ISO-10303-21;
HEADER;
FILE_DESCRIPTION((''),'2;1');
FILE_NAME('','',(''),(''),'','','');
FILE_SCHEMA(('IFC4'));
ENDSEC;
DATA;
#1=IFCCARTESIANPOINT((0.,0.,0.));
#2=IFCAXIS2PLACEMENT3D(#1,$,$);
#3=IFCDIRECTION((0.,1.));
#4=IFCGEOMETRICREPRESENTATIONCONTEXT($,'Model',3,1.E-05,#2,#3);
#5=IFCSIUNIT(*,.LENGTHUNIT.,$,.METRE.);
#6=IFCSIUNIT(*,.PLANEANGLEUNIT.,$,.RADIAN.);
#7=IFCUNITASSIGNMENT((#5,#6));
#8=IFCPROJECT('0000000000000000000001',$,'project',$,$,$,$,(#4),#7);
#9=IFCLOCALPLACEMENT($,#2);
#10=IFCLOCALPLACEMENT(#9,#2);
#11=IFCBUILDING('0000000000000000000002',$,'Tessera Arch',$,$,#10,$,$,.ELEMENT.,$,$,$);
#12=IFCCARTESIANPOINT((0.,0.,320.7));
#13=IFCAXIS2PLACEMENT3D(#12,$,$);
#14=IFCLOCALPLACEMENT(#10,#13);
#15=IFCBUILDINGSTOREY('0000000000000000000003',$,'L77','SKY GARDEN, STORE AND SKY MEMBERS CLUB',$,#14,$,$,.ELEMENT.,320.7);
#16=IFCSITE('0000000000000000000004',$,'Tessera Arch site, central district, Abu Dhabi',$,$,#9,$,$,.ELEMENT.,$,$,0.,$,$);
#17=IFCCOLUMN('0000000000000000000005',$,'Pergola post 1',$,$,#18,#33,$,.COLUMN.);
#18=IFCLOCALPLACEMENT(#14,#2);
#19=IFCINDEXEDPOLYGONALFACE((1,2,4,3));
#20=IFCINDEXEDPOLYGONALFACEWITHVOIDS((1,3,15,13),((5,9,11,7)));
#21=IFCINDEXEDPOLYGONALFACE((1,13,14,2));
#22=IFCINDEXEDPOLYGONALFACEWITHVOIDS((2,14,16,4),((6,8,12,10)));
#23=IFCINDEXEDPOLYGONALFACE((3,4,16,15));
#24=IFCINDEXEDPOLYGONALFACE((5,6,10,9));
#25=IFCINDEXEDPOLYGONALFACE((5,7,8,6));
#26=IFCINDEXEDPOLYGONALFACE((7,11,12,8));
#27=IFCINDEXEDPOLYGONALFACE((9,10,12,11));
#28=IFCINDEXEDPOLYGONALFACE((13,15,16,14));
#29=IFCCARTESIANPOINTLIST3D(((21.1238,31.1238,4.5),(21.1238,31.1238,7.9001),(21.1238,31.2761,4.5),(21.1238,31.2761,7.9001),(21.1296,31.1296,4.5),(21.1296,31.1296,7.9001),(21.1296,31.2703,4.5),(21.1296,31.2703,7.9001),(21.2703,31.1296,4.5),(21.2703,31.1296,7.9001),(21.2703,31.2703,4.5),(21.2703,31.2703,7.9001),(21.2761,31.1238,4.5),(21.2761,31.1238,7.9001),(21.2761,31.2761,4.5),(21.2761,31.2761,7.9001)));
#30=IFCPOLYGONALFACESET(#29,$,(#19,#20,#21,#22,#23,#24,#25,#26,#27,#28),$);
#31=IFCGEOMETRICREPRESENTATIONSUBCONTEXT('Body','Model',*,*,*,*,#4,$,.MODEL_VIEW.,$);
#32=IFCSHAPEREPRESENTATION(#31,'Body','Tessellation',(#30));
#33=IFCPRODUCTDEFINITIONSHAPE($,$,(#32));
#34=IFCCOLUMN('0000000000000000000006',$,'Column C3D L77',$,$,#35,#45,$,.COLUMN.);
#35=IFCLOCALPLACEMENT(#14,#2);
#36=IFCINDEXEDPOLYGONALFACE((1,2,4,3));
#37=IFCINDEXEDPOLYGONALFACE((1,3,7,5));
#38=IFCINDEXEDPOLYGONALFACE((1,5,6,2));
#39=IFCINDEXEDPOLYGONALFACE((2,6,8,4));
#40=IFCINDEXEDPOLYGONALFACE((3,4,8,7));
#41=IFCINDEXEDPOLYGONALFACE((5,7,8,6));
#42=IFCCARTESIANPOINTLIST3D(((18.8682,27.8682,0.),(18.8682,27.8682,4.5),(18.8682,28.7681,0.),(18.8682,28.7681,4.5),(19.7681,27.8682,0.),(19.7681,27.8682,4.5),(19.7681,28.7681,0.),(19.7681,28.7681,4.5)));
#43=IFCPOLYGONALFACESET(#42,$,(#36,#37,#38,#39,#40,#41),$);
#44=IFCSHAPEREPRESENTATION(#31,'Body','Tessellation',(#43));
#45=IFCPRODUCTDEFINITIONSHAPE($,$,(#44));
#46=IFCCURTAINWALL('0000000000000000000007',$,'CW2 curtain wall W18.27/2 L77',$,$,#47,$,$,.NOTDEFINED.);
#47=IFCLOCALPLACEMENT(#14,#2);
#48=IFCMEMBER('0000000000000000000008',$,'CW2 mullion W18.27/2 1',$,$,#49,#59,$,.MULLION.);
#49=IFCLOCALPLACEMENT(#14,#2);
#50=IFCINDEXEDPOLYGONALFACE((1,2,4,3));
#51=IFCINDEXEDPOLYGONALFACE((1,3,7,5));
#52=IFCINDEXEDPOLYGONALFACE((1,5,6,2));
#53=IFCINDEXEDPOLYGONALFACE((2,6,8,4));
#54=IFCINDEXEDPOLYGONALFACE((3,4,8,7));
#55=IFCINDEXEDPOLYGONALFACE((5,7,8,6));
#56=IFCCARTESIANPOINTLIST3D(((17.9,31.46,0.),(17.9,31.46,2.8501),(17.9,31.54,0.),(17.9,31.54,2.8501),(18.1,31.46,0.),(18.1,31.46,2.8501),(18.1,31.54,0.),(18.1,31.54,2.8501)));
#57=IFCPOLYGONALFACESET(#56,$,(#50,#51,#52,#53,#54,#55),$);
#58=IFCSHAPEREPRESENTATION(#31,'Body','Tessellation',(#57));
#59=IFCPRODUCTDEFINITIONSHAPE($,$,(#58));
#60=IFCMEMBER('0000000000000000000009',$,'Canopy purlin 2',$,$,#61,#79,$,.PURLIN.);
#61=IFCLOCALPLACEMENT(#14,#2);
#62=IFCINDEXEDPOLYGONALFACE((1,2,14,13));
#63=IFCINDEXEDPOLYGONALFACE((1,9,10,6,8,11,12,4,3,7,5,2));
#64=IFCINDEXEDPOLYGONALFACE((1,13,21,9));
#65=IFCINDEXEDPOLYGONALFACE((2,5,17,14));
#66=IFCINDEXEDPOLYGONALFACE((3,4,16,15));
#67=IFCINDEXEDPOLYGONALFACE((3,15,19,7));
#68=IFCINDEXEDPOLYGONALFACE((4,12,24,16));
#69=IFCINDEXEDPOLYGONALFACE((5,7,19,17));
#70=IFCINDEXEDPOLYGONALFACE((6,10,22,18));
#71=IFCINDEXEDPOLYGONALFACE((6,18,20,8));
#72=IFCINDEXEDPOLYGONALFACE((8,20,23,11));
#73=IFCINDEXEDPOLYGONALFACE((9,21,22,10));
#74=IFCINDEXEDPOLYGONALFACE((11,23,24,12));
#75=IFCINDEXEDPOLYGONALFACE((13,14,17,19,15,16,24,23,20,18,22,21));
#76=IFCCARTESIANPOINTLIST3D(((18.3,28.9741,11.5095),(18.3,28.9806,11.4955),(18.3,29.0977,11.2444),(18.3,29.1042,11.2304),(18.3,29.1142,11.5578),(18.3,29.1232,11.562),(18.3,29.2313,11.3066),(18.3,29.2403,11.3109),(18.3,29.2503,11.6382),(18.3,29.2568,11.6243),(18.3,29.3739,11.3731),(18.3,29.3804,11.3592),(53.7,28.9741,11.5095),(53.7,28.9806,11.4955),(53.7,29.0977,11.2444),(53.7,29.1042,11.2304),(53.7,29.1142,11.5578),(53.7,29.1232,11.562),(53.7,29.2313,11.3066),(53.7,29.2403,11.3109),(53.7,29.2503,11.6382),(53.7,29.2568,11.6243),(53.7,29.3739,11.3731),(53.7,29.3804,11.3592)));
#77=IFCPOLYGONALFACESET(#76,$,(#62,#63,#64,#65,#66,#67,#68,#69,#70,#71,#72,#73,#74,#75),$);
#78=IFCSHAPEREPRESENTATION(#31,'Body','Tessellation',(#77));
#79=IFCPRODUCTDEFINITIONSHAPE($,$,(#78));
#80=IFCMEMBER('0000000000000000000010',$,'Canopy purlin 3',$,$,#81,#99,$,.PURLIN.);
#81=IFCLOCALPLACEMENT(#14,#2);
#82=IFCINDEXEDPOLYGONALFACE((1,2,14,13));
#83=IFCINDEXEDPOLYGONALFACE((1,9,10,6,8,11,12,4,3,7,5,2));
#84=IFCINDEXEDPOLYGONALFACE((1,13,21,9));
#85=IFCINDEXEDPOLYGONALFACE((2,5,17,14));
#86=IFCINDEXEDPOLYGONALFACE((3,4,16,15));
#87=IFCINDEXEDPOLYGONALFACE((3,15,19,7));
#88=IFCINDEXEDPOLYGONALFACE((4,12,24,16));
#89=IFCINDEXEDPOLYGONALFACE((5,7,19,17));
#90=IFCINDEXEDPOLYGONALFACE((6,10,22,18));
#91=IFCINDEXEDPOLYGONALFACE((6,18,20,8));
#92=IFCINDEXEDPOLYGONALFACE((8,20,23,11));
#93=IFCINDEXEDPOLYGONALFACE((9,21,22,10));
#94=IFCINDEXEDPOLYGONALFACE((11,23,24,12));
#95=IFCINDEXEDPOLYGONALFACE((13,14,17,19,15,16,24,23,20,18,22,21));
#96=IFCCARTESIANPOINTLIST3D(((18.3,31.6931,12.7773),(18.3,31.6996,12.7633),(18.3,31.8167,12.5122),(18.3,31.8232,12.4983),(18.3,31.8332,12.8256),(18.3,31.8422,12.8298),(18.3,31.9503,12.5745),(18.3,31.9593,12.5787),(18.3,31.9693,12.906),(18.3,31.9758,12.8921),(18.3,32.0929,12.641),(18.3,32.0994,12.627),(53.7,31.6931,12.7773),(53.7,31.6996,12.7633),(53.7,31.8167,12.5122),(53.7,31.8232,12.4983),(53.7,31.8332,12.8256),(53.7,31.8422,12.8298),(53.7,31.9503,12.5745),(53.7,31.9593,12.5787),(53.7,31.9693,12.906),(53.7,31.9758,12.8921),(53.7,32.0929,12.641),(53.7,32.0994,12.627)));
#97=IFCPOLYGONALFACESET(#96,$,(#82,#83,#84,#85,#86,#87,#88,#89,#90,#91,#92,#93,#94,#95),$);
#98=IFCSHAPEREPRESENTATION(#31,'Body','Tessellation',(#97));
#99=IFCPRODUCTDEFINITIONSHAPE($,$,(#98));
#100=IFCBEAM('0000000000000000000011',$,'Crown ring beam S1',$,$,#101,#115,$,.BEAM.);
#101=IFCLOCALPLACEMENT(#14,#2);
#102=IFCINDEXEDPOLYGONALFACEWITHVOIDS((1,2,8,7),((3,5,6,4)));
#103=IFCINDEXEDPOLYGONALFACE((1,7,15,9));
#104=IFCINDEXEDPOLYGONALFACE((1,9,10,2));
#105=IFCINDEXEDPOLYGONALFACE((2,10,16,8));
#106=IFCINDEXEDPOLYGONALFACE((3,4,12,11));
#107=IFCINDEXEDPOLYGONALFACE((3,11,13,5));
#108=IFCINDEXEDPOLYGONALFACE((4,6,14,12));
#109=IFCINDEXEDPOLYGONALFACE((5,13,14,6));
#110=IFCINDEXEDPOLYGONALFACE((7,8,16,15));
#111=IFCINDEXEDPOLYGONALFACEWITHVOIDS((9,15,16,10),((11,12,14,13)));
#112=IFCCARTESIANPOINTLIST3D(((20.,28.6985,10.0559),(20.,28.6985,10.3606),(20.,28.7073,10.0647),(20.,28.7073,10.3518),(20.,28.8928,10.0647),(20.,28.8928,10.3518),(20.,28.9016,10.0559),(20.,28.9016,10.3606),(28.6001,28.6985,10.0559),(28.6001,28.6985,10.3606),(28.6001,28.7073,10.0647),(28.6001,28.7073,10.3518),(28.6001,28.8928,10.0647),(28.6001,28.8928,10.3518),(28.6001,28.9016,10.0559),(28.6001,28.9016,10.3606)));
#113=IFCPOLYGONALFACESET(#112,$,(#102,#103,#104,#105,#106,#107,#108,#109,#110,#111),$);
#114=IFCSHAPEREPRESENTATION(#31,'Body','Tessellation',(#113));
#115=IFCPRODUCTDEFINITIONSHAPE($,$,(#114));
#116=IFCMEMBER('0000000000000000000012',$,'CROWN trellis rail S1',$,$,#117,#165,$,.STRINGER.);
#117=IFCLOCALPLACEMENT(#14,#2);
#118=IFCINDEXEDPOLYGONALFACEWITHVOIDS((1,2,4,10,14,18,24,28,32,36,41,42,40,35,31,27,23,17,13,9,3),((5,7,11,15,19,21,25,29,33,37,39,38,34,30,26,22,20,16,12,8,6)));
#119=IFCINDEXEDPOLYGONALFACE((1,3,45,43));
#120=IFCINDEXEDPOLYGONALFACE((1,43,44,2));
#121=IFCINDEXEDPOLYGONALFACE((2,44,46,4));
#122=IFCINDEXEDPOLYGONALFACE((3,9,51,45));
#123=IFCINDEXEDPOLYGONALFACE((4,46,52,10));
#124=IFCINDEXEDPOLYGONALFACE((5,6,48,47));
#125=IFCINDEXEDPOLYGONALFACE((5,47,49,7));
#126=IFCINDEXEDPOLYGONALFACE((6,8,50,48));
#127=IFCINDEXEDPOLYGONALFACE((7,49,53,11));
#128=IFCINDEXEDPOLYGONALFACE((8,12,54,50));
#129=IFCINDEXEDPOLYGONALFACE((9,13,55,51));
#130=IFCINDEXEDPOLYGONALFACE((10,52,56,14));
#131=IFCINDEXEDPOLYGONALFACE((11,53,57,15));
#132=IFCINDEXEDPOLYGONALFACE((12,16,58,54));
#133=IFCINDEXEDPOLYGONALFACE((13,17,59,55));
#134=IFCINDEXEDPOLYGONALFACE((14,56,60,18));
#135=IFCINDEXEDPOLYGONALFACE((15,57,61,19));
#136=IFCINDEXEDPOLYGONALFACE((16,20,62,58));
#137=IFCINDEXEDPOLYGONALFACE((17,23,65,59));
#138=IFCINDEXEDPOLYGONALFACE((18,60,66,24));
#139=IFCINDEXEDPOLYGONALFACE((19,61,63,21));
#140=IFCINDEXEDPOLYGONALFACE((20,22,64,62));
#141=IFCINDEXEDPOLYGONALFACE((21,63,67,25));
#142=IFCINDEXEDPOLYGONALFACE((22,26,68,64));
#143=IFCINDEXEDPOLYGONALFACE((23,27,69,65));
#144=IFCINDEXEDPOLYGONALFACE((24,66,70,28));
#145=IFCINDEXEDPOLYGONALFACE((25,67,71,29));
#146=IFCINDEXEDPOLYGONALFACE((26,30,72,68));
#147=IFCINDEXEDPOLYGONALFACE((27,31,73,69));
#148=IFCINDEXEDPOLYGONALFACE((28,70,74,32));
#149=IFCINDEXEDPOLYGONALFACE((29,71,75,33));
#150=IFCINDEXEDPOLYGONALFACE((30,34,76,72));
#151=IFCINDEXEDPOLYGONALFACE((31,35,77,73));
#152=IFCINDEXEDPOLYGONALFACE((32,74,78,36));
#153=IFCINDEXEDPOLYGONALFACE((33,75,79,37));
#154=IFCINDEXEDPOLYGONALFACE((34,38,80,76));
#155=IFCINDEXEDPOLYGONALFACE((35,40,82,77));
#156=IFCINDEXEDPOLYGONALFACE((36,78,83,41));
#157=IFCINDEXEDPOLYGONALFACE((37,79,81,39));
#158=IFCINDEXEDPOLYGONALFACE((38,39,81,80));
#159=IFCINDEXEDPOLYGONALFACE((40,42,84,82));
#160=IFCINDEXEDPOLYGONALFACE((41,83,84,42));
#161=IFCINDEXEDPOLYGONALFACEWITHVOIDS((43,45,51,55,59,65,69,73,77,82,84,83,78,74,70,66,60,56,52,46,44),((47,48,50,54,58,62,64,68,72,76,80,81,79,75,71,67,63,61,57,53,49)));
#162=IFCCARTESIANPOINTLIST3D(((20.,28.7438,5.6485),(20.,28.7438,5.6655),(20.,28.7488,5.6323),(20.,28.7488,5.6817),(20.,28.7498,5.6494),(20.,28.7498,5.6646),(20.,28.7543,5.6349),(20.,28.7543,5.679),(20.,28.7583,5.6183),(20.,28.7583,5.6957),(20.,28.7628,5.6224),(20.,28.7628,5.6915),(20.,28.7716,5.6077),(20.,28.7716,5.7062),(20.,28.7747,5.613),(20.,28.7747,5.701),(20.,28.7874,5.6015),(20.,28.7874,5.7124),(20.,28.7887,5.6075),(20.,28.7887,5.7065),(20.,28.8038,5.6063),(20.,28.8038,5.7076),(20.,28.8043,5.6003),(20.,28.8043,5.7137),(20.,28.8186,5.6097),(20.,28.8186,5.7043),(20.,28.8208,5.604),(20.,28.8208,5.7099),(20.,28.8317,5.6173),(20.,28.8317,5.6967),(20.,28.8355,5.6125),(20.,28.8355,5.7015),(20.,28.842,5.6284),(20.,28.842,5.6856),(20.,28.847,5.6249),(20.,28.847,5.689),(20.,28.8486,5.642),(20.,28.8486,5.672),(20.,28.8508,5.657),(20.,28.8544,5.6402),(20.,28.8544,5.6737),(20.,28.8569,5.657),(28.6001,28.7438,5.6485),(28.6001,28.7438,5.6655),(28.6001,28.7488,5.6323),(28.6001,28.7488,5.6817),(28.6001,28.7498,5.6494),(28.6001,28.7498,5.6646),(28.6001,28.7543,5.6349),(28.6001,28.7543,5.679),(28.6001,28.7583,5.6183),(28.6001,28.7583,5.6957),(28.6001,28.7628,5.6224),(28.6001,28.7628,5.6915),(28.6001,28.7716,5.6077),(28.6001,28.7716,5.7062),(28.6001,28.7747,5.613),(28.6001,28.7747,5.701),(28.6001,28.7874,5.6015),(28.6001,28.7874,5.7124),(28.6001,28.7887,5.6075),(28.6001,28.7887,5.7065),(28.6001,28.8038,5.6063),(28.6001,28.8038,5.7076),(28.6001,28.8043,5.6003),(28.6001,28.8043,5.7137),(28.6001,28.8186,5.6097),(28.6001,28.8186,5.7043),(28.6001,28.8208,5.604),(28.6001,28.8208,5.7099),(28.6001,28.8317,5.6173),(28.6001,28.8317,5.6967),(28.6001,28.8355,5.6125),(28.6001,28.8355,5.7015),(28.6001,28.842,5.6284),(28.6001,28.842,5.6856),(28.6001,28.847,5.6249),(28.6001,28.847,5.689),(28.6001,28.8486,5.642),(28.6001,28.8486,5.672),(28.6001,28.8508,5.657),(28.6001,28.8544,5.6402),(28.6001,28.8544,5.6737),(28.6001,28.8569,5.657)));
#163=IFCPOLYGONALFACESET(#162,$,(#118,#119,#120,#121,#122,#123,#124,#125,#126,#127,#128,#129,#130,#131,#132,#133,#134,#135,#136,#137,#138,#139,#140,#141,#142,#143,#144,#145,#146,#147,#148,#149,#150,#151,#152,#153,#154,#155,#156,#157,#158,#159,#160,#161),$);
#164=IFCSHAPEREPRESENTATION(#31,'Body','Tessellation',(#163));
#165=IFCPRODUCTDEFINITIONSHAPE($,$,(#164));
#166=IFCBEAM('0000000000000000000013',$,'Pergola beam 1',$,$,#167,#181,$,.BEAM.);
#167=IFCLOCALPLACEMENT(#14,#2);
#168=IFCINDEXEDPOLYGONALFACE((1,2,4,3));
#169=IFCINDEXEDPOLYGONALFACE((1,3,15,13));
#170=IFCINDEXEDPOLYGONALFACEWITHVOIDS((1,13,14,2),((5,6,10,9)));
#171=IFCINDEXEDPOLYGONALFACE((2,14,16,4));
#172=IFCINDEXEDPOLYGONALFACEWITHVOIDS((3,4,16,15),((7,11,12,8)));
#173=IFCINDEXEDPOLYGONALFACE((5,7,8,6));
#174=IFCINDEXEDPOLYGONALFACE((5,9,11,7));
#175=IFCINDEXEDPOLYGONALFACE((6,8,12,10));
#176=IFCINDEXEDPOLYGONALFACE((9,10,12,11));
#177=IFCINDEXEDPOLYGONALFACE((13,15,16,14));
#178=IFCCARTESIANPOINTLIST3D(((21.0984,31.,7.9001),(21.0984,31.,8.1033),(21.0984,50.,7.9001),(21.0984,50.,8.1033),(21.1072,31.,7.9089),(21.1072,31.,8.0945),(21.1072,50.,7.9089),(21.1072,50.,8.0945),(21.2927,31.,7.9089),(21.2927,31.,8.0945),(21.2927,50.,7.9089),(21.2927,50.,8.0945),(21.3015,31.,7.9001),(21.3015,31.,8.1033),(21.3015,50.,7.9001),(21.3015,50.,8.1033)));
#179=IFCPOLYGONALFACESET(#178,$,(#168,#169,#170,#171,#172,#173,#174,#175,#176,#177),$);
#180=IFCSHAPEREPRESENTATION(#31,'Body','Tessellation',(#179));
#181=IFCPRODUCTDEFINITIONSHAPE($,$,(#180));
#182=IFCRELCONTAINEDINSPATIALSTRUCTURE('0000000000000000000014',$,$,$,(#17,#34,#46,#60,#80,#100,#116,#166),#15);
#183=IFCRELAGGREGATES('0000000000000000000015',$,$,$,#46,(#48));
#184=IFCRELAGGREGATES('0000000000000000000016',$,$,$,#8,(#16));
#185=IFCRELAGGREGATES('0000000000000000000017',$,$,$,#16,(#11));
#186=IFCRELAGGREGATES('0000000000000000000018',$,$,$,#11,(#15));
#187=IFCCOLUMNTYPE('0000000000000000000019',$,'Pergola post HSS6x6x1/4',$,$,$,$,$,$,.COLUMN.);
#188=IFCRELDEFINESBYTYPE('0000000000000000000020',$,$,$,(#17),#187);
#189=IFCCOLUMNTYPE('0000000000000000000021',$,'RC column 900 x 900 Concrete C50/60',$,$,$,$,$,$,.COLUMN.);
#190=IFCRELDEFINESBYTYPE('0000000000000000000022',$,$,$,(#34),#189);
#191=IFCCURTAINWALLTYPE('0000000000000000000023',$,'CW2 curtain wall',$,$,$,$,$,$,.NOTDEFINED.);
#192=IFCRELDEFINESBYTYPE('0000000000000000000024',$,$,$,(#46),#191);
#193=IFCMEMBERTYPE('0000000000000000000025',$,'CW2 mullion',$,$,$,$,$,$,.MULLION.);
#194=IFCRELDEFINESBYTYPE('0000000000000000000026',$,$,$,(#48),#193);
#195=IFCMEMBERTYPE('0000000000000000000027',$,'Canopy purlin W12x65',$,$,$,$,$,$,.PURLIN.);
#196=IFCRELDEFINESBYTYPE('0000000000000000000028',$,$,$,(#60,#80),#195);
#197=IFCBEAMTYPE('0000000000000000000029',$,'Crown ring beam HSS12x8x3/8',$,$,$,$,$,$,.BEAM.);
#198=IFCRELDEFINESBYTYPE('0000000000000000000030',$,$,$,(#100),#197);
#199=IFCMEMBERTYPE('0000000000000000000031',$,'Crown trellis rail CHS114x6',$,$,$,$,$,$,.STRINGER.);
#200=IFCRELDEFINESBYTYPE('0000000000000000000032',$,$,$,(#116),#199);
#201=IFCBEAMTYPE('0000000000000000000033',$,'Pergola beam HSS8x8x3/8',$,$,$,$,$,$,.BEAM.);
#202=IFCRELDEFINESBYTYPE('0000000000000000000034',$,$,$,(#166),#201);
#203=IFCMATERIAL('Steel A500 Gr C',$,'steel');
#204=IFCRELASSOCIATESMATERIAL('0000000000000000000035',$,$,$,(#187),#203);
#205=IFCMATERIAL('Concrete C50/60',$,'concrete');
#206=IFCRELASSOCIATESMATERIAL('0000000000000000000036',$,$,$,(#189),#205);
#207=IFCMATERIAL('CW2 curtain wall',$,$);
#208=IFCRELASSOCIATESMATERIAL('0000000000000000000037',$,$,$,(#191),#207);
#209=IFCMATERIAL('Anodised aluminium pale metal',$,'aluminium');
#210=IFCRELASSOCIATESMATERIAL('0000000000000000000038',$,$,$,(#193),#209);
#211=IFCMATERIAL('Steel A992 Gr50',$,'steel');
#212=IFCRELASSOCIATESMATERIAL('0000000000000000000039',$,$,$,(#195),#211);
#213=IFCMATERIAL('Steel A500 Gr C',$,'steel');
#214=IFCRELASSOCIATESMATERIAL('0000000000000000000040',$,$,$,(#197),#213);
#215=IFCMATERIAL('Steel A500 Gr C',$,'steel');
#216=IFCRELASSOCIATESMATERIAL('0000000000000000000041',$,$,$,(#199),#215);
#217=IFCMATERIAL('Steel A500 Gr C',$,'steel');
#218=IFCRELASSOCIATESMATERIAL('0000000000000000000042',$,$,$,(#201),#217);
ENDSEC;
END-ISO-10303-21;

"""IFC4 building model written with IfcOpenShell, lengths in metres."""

from ifc_helpers import new_model, si_unit, direction, frame, origin, origin_2d, place, context, subcontext, project, spatial, rectangle, hollow_rectangle, hollow_circle, i_section, extrude, material, material_profile, profile_set, type_object, element, aggregate, save


model = new_model("IFC4")

# Units and contexts
model_context = context("Model", 3, precision=1e-05, world=origin(), true_north=direction((0.0, 1.0)))
body_context = subcontext(model_context, "Body", "Model", "MODEL_VIEW")
ifc_project = project(units=[si_unit("LENGTHUNIT", "METRE"), si_unit("PLANEANGLEUNIT", "RADIAN")], contexts=[model_context])

# Site, building, storey
site_placement = place(None, origin())
site = spatial("IfcSite", under=ifc_project, at=site_placement, Name="Tessera Arch site, central district, Abu Dhabi", CompositionType="ELEMENT", RefElevation=0.0)
building_placement = place(site_placement, origin())
building = spatial("IfcBuilding", under=site, at=building_placement, Name="Tessera Arch", CompositionType="ELEMENT")
storey_placement = place(building_placement, frame((0.0, 0.0, 320.7)))
storey = spatial("IfcBuildingStorey", under=building, at=storey_placement, Name="L77", Description="SKY GARDEN, STORE AND SKY MEMBERS CLUB", CompositionType="ELEMENT", Elevation=320.7)

# Columns
ifc_material_1 = material(Name="Steel A500 Gr C", Category="steel")
ifc_material_profile_1 = material_profile(ifc_material_1, hollow_rectangle(XDim=0.1523, YDim=0.1523, WallThickness=0.0059, at=origin_2d()), Name="HSS6x6x1/4")
ifc_profile_set_1 = profile_set([ifc_material_profile_1], Name="Steel A500 Gr C")
column_type_1 = type_object("IfcColumnType", Name="Pergola post HSS6x6x1/4", PredefinedType="COLUMN", material=ifc_profile_set_1)
column_1_placement = place(storey_placement, frame((21.2, 31.2, 4.5), z_axis=(0.0, 0.0, 1.0), x_axis=(1.0, 0.0, 0.0)))
element("IfcColumn", 1, at=column_1_placement, inside=storey, type_object=column_type_1, Name="Pergola post 1", PredefinedType="COLUMN", context=body_context, shape_type="SweptSolid", body=[
    extrude(hollow_rectangle(XDim=0.1523, YDim=0.1523, WallThickness=0.0059, at=origin_2d()), origin(), (0.0, 0.0, 1.0), 3.4001),
])
ifc_material_2 = material(Name="Concrete C50/60", Category="concrete")
ifc_material_profile_2 = material_profile(ifc_material_2, rectangle(XDim=0.8999, YDim=0.8999, at=origin_2d()), Name="RC column 900 x 900 Concrete C50/60")
ifc_profile_set_2 = profile_set([ifc_material_profile_2], Name="Concrete C50/60")
column_type_2 = type_object("IfcColumnType", Name="RC column 900 x 900 Concrete C50/60", PredefinedType="COLUMN", material=ifc_profile_set_2)
column_2_placement = place(storey_placement, frame((19.3181, 28.3181, 0.0), z_axis=(0.0, 0.0, 1.0), x_axis=(1.0, 0.0, 0.0)))
element("IfcColumn", 2, at=column_2_placement, inside=storey, type_object=column_type_2, Name="Column C3D L77", PredefinedType="COLUMN", context=body_context, shape_type="SweptSolid", body=[
    extrude(rectangle(XDim=0.8999, YDim=0.8999, at=origin_2d()), origin(), (0.0, 0.0, 1.0), 4.5),
])

# Curtain wall, member
ifc_material_3 = material(Name="CW2 curtain wall")
curtain_wall_type = type_object("IfcCurtainWallType", Name="CW2 curtain wall", PredefinedType="NOTDEFINED", material=ifc_material_3)
curtain_wall_placement = place(storey_placement, origin())
curtain_wall = element("IfcCurtainWall", 3, at=curtain_wall_placement, inside=storey, type_object=curtain_wall_type, Name="CW2 curtain wall W18.27/2 L77", PredefinedType="NOTDEFINED")
ifc_material_4 = material(Name="Anodised aluminium pale metal", Category="aluminium")
ifc_material_profile_3 = material_profile(ifc_material_4, rectangle(XDim=0.2, YDim=0.0801, at=origin_2d()), Name="AL 80x200")
ifc_profile_set_3 = profile_set([ifc_material_profile_3], Name="Anodised aluminium pale metal")
member_type_1 = type_object("IfcMemberType", Name="CW2 mullion", PredefinedType="MULLION", material=ifc_profile_set_3)
member_1_placement = place(storey_placement, frame((18.0, 31.5, 0.0), z_axis=(0.0, 0.0, 1.0), x_axis=(1.0, 0.0, 0.0)))
member_1 = element("IfcMember", 4, at=member_1_placement, type_object=member_type_1, Name="CW2 mullion W18.27/2 1", PredefinedType="MULLION", context=body_context, shape_type="SweptSolid", body=[
    extrude(rectangle(XDim=0.2, YDim=0.0801, at=origin_2d()), origin(), (0.0, 0.0, 1.0), 2.8501),
])

# Members
ifc_material_5 = material(Name="Steel A992 Gr50", Category="steel")
ifc_material_profile_4 = material_profile(ifc_material_5, i_section(OverallWidth=0.3047, OverallDepth=0.3079, WebThickness=0.01, FlangeThickness=0.0154, at=origin_2d()), Name="W12x65")
ifc_profile_set_4 = profile_set([ifc_material_profile_4], Name="Steel A992 Gr50")
member_type_2 = type_object("IfcMemberType", Name="Canopy purlin W12x65", PredefinedType="PURLIN", material=ifc_profile_set_4)
for number, where, z_axis, x_axis, name in (
    (5, (18.3, 29.1772, 11.4343), (1.0, 0.0, 0.0), (0.0, 0.906308, 0.422618), "Canopy purlin 2"),
    (6, (18.3, 31.8962, 12.7021), (1.0, 0.0, 0.0), (0.0, 0.906308, 0.422618), "Canopy purlin 3"),
):
    element("IfcMember", number, at=place(storey_placement, frame(where, z_axis=z_axis, x_axis=x_axis)), inside=storey, type_object=member_type_2, Name=name, PredefinedType="PURLIN", context=body_context, shape_type="SweptSolid", body=[
        extrude(i_section(OverallWidth=0.3047, OverallDepth=0.3079, WebThickness=0.01, FlangeThickness=0.0154, at=origin_2d()), origin(), (0.0, 0.0, 1.0), 35.3999),
    ])

# Beam
ifc_material_6 = material(Name="Steel A500 Gr C", Category="steel")
ifc_material_profile_5 = material_profile(ifc_material_6, hollow_rectangle(XDim=0.2031, YDim=0.3047, WallThickness=0.0088, at=origin_2d()), Name="HSS12x8x3/8")
ifc_profile_set_5 = profile_set([ifc_material_profile_5], Name="Steel A500 Gr C")
beam_type_1 = type_object("IfcBeamType", Name="Crown ring beam HSS12x8x3/8", PredefinedType="BEAM", material=ifc_profile_set_5)
beam_1_placement = place(storey_placement, frame((20.0, 28.8, 10.2083), z_axis=(1.0, 0.0, 0.0), x_axis=(0.0, 1.0, 0.0)))
element("IfcBeam", 7, at=beam_1_placement, inside=storey, type_object=beam_type_1, Name="Crown ring beam S1", PredefinedType="BEAM", context=body_context, shape_type="SweptSolid", body=[
    extrude(hollow_rectangle(XDim=0.2031, YDim=0.3047, WallThickness=0.0088, at=origin_2d()), origin(), (0.0, 0.0, 1.0), 8.6001),
])

# Member
ifc_material_7 = material(Name="Steel A500 Gr C", Category="steel")
ifc_material_profile_6 = material_profile(ifc_material_7, hollow_circle(Radius=0.0569, WallThickness=0.0061, at=origin_2d()), Name="Crown trellis rail CHS114x6")
ifc_profile_set_6 = profile_set([ifc_material_profile_6], Name="Steel A500 Gr C")
member_type_3 = type_object("IfcMemberType", Name="Crown trellis rail CHS114x6", PredefinedType="STRINGER", material=ifc_profile_set_6)
member_2_placement = place(storey_placement, frame((20.0, 28.8, 5.657), z_axis=(1.0, 0.0, 0.0), x_axis=(0.0, 1.0, 0.0)))
element("IfcMember", 8, at=member_2_placement, inside=storey, type_object=member_type_3, Name="CROWN trellis rail S1", PredefinedType="STRINGER", context=body_context, shape_type="SweptSolid", body=[
    extrude(hollow_circle(Radius=0.0569, WallThickness=0.0061, at=origin_2d()), origin(), (0.0, 0.0, 1.0), 8.6001),
])

# Beam
ifc_material_8 = material(Name="Steel A500 Gr C", Category="steel")
ifc_material_profile_7 = material_profile(ifc_material_8, hollow_rectangle(XDim=0.2031, YDim=0.2031, WallThickness=0.0088, at=origin_2d()), Name="HSS8x8x3/8")
ifc_profile_set_7 = profile_set([ifc_material_profile_7], Name="Steel A500 Gr C")
beam_type_2 = type_object("IfcBeamType", Name="Pergola beam HSS8x8x3/8", PredefinedType="BEAM", material=ifc_profile_set_7)
beam_2_placement = place(storey_placement, frame((21.2, 31.0, 8.0017), z_axis=(0.0, 1.0, 0.0), x_axis=(-1.0, 0.0, 0.0)))
element("IfcBeam", 9, at=beam_2_placement, inside=storey, type_object=beam_type_2, Name="Pergola beam 1", PredefinedType="BEAM", context=body_context, shape_type="SweptSolid", body=[
    extrude(hollow_rectangle(XDim=0.2031, YDim=0.2031, WallThickness=0.0088, at=origin_2d()), origin(), (0.0, 0.0, 1.0), 19.0),
])

aggregate(curtain_wall, [member_1])

save(model, "model.ifc")
